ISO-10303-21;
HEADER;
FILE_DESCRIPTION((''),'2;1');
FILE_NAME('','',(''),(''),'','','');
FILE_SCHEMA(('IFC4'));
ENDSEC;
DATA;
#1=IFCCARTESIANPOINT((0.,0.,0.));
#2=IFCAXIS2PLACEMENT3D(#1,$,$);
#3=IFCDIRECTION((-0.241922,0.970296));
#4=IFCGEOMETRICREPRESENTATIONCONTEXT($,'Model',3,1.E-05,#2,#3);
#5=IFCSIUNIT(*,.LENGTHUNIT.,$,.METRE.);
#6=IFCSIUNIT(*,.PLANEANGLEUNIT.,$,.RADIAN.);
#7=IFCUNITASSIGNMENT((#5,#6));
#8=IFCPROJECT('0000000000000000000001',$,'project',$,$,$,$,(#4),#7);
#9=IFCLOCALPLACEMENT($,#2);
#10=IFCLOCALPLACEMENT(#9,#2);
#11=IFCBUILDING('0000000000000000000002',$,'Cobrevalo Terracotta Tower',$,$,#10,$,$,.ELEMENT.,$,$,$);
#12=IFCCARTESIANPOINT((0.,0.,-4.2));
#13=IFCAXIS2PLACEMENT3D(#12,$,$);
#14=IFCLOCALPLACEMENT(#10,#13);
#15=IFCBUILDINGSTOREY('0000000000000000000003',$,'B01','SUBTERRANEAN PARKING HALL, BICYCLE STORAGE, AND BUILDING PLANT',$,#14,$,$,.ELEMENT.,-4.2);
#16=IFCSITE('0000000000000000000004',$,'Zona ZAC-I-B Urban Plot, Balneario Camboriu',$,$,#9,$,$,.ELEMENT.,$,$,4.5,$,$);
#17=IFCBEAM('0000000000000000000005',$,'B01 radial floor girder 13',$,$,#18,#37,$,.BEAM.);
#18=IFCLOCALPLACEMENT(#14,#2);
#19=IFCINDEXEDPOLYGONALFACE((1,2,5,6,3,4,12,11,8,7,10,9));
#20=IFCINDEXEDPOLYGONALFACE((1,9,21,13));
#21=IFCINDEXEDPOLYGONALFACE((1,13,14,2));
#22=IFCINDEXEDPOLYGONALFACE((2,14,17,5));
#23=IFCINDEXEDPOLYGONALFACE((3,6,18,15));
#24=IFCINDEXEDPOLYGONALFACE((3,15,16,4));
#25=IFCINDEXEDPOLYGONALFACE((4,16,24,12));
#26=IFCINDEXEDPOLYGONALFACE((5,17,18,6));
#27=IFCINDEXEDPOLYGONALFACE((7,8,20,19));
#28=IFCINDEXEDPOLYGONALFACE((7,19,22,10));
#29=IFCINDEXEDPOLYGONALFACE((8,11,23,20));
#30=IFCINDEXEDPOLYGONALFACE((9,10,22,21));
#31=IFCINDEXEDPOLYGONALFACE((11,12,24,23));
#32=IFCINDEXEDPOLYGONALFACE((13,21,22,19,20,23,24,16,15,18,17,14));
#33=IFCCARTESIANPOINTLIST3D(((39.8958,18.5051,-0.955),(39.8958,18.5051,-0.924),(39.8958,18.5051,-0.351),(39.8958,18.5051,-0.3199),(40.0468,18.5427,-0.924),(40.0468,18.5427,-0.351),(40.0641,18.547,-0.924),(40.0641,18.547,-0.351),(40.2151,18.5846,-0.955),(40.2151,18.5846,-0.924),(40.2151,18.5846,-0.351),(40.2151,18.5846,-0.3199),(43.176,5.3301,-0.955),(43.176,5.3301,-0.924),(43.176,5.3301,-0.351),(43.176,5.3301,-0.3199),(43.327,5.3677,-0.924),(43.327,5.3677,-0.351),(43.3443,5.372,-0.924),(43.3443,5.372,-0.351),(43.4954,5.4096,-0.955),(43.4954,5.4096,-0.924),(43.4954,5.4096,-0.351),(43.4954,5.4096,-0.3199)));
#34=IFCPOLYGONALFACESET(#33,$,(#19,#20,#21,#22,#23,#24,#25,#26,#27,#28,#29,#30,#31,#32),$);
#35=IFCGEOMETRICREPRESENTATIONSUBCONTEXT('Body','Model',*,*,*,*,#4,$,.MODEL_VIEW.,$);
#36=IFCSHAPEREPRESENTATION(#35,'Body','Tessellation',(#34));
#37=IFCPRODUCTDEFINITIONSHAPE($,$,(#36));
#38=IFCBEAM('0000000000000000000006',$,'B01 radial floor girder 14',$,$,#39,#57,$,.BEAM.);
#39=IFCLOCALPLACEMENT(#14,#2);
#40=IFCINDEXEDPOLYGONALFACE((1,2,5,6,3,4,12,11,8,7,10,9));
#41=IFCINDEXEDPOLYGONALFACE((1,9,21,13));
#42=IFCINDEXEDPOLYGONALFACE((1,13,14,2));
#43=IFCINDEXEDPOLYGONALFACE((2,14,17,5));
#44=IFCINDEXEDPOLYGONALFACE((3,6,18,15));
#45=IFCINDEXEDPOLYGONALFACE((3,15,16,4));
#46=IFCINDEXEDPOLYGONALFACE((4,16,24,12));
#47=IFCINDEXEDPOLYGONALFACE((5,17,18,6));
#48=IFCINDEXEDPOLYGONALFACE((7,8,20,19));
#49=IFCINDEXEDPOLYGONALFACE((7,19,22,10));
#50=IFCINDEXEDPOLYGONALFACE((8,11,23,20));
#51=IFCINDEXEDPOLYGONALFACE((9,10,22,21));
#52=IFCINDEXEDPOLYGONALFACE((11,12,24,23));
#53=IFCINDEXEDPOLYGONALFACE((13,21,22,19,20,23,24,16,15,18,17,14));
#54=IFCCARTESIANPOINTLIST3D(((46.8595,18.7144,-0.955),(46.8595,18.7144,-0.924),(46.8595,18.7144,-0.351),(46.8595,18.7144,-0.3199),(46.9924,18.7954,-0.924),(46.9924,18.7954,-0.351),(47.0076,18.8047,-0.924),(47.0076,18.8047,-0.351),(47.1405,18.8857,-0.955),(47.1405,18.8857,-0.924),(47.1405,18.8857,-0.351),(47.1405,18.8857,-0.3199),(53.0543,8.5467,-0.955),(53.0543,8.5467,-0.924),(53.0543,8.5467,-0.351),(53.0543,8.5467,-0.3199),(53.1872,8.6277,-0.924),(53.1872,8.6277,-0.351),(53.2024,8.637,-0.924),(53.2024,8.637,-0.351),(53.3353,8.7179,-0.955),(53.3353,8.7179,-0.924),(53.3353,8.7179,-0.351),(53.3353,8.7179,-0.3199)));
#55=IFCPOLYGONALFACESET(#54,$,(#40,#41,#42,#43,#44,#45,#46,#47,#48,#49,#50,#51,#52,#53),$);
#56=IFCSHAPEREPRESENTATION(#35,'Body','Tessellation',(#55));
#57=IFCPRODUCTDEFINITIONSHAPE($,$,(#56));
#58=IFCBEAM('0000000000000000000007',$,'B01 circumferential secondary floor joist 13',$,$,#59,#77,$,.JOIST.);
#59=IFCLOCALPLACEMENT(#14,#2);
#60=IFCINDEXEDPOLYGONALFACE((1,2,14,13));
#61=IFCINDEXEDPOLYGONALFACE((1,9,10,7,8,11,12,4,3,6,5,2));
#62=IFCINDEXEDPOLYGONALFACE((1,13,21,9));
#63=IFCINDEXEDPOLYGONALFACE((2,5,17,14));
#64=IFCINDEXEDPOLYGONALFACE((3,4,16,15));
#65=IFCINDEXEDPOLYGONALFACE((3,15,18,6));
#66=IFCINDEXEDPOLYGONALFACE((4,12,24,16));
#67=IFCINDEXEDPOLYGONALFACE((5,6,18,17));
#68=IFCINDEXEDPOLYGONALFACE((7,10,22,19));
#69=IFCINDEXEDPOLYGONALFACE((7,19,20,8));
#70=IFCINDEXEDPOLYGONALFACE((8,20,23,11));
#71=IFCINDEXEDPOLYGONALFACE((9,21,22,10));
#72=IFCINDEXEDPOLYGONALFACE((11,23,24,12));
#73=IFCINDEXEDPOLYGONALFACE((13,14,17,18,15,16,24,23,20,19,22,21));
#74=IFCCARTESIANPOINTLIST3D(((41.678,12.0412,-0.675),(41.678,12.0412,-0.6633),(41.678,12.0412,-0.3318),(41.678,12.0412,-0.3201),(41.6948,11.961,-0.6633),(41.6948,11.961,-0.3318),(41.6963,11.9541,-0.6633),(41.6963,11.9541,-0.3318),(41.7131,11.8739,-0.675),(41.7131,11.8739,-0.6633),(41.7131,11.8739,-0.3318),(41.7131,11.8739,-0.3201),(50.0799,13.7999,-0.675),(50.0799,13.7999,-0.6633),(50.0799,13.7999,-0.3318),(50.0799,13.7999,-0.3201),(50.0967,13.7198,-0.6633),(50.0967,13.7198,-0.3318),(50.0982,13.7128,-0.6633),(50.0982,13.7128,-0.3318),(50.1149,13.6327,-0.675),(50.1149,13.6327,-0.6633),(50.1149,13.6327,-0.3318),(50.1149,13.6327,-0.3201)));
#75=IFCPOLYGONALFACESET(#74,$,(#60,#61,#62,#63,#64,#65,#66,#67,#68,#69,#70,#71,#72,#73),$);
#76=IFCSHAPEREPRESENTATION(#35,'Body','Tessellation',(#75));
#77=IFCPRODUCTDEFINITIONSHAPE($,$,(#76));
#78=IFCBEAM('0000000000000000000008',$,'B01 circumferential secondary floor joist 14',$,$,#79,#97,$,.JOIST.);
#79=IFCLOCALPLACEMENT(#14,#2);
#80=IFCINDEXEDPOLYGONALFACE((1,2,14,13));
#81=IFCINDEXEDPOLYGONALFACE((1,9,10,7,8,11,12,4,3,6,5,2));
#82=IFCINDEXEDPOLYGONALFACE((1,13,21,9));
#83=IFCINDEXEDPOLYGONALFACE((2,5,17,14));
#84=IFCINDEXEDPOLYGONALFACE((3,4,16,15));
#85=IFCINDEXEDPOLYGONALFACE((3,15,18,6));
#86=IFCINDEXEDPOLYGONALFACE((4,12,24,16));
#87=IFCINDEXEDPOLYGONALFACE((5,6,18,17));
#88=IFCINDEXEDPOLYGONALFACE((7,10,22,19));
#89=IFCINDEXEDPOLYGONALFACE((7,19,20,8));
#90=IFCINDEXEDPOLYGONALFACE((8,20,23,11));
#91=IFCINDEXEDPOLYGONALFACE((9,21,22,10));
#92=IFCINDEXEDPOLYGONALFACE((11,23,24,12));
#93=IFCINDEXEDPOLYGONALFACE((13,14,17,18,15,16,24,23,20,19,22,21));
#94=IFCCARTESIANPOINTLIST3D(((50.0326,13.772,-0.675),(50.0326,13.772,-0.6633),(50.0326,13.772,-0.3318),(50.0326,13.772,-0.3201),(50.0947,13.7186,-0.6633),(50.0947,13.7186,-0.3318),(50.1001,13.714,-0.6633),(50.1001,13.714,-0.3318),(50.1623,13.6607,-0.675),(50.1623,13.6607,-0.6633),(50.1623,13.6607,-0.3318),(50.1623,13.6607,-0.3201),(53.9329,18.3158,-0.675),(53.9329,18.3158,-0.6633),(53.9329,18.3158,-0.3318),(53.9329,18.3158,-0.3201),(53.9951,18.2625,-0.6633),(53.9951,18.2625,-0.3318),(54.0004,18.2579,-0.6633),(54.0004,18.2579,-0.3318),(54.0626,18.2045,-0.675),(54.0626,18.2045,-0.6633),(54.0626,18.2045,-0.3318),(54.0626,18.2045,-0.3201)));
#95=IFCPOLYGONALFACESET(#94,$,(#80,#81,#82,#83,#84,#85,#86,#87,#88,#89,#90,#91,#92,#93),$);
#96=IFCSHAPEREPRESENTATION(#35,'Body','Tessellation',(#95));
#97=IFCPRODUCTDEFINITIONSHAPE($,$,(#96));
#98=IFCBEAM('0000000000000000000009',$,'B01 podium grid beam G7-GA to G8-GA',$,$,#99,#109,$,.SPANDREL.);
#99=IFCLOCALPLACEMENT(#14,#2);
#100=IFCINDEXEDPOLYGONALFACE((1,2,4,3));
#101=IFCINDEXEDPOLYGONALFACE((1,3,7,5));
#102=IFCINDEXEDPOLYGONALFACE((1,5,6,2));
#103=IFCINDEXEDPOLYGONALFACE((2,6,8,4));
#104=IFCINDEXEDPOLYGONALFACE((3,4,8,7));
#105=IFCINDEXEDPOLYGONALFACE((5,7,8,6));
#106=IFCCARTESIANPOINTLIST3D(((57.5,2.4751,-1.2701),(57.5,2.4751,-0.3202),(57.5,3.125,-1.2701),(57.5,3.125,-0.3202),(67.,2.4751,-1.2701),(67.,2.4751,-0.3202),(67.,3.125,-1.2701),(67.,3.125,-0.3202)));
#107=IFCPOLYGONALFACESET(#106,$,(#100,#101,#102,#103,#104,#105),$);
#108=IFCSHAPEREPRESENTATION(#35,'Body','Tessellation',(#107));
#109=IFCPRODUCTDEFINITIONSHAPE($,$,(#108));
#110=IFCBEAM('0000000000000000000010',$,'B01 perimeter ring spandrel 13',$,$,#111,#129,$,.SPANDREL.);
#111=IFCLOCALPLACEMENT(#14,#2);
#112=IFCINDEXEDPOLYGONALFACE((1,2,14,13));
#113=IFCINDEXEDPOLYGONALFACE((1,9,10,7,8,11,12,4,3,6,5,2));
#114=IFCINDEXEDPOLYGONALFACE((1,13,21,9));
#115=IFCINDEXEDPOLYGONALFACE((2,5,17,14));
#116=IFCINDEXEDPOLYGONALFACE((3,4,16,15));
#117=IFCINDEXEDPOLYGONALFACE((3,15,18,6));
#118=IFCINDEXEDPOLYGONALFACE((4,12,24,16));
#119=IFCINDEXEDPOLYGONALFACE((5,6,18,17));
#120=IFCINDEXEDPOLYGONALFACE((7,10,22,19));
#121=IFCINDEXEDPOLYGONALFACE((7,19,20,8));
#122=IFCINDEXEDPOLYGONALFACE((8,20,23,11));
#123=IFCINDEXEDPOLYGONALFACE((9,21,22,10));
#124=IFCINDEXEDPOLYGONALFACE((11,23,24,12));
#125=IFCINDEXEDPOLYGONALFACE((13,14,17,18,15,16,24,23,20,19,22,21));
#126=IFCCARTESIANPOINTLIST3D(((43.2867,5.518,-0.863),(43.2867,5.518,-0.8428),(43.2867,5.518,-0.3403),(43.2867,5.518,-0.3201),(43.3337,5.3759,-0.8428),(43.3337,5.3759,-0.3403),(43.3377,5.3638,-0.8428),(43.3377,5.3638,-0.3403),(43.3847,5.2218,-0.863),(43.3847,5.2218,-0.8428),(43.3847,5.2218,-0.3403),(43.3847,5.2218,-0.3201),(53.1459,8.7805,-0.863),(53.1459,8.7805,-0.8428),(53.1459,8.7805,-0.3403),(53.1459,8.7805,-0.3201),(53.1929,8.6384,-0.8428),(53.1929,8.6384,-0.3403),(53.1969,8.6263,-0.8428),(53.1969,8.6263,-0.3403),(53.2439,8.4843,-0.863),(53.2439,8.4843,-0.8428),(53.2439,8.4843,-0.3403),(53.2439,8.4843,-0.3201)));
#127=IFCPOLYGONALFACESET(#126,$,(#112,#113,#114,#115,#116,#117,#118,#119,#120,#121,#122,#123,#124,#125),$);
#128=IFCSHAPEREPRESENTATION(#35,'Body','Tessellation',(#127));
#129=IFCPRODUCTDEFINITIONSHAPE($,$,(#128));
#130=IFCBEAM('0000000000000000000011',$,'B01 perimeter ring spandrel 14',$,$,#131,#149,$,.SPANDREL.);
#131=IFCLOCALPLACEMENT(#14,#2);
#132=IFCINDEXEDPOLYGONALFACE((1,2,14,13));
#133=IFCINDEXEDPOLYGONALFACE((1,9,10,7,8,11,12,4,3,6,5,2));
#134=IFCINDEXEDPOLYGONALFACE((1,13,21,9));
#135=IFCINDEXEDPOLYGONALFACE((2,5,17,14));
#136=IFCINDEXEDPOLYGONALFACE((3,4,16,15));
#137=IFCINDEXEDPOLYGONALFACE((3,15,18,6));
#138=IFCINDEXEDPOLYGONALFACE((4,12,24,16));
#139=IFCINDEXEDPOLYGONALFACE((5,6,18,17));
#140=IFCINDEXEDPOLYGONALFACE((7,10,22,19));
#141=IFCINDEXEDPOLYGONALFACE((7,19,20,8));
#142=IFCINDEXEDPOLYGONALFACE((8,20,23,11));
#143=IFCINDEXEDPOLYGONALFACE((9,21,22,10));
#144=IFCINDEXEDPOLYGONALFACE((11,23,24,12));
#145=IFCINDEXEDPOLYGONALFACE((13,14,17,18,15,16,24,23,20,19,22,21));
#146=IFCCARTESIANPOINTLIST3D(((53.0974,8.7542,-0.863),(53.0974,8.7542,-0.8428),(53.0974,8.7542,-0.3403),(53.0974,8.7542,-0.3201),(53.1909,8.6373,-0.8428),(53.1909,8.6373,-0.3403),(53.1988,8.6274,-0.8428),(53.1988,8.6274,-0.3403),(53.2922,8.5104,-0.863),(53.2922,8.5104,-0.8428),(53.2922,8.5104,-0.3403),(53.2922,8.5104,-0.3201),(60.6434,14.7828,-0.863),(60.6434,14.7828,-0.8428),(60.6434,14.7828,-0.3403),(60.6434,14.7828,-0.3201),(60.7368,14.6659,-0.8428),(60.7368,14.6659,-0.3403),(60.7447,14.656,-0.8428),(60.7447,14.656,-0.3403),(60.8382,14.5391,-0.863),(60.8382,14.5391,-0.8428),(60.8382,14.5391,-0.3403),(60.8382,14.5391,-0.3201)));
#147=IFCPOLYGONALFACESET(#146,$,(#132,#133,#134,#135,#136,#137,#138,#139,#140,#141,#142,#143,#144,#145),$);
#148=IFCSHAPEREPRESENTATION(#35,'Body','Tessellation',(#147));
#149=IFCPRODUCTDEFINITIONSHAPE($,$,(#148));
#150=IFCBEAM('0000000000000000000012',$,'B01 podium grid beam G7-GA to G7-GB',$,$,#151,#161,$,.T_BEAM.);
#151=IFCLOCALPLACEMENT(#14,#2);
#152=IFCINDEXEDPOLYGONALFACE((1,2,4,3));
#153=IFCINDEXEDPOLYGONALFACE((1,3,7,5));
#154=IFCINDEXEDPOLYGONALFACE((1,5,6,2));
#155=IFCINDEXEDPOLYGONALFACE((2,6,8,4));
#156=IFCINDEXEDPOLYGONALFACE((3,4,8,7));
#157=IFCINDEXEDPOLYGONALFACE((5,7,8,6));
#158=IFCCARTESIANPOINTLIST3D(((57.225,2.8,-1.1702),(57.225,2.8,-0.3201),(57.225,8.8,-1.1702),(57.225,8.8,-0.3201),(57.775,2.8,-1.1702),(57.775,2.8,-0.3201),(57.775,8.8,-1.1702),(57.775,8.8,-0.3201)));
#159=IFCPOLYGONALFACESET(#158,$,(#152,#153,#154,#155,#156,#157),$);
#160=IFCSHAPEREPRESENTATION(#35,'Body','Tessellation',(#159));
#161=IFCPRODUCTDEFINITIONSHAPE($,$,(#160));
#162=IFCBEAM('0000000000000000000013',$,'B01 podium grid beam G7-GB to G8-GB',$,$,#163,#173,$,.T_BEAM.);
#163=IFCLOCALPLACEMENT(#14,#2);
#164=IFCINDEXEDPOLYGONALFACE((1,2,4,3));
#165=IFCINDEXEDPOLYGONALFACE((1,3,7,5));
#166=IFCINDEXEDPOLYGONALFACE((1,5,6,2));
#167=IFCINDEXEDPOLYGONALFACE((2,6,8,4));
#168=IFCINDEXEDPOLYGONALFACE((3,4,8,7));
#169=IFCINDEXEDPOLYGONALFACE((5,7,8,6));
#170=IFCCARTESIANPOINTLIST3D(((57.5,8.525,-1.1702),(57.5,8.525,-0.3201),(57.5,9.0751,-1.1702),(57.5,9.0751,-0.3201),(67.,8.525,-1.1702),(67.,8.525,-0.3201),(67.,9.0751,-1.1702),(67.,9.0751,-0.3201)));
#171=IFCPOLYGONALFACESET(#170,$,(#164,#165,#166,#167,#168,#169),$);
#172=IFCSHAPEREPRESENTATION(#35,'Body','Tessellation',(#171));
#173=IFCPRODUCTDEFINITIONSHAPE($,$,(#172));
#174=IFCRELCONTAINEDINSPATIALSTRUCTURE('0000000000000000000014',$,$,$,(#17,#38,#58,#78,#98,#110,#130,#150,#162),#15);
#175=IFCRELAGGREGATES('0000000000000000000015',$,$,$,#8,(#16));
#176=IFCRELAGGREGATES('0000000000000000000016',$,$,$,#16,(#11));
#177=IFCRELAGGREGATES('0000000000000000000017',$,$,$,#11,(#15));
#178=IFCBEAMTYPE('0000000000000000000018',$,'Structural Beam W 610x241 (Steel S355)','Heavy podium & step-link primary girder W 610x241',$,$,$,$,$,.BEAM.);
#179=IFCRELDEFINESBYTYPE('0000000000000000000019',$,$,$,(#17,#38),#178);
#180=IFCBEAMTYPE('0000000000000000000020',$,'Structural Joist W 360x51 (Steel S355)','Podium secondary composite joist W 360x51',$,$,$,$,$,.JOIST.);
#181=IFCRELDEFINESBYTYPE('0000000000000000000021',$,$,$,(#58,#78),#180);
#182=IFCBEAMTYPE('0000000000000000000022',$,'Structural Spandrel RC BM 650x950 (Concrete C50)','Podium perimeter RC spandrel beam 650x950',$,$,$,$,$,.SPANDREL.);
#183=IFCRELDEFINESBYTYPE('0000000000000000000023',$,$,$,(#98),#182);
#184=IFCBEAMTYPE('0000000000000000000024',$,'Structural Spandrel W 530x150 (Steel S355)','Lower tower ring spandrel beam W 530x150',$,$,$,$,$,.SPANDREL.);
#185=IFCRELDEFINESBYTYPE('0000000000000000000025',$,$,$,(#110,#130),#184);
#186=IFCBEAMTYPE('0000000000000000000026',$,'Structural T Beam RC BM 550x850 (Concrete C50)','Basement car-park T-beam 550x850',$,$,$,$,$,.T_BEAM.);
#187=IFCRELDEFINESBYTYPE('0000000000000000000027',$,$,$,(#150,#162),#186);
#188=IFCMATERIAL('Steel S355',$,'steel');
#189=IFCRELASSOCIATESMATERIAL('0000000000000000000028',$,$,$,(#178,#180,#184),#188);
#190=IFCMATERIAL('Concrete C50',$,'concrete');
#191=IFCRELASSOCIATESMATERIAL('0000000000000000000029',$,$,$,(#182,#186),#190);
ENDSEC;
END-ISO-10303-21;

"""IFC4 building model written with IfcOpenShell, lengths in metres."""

from ifc_helpers import new_model, si_unit, direction, frame, origin, origin_2d, place, context, subcontext, project, spatial, rectangle, i_section, extrude, material, material_profile, profile_set, type_object, element, save


model = new_model("IFC4")

# Units and contexts
model_context = context("Model", 3, precision=1e-05, world=origin(), true_north=direction((-0.241922, 0.970296)))
body_context = subcontext(model_context, "Body", "Model", "MODEL_VIEW")
ifc_project = project(units=[si_unit("LENGTHUNIT", "METRE"), si_unit("PLANEANGLEUNIT", "RADIAN")], contexts=[model_context])

# Site, building, storey
site_placement = place(None, origin())
site = spatial("IfcSite", under=ifc_project, at=site_placement, Name="Zona ZAC-I-B Urban Plot, Balneario Camboriu", CompositionType="ELEMENT", RefElevation=4.5)
building_placement = place(site_placement, origin())
building = spatial("IfcBuilding", under=site, at=building_placement, Name="Cobrevalo Terracotta Tower", CompositionType="ELEMENT")
storey_placement = place(building_placement, frame((0.0, 0.0, -4.2)))
storey = spatial("IfcBuildingStorey", under=building, at=storey_placement, Name="B01", Description="SUBTERRANEAN PARKING HALL, BICYCLE STORAGE, AND BUILDING PLANT", CompositionType="ELEMENT", Elevation=-4.2)

# Shared definitions
ifc_material_1 = material(Name="Steel S355", Category="steel")
ifc_material_2 = material(Name="Concrete C50", Category="concrete")

# Beams
ifc_material_profile_1 = material_profile(ifc_material_1, i_section(OverallWidth=0.3291, OverallDepth=0.635, WebThickness=0.0178, FlangeThickness=0.031, at=origin_2d()), Name="W 610x241")
ifc_profile_set_1 = profile_set([ifc_material_profile_1], Name="Steel S355")
beam_type_1 = type_object("IfcBeamType", Name="Structural Beam W 610x241 (Steel S355)", Description="Heavy podium & step-link primary girder W 610x241", PredefinedType="BEAM", material=ifc_profile_set_1)
beam_1_placement = place(storey_placement, frame((43.3357, 5.3699, -0.6375), z_axis=(-0.2416, 0.970376, 0.0), x_axis=(-0.970376, -0.2416, 0.0)))
element("IfcBeam", 1, at=beam_1_placement, inside=storey, type_object=beam_type_1, Name="B01 radial floor girder 13", PredefinedType="BEAM", context=body_context, shape_type="SweptSolid", body=[
    extrude(i_section(OverallWidth=0.3291, OverallDepth=0.635, WebThickness=0.0178, FlangeThickness=0.031, at=origin_2d()), origin(), (0.0, 0.0, 1.0), 13.5771),
])
beam_2_placement = place(storey_placement, frame((53.1948, 8.6323, -0.6375), z_axis=(-0.520301, 0.853983, 0.0), x_axis=(-0.853983, -0.520301, 0.0)))
element("IfcBeam", 2, at=beam_2_placement, inside=storey, type_object=beam_type_1, Name="B01 radial floor girder 14", PredefinedType="BEAM", context=body_context, shape_type="SweptSolid", body=[
    extrude(i_section(OverallWidth=0.3291, OverallDepth=0.635, WebThickness=0.0178, FlangeThickness=0.031, at=origin_2d()), origin(), (0.0, 0.0, 1.0), 11.9062),
])
ifc_material_profile_2 = material_profile(ifc_material_1, i_section(OverallWidth=0.1709, OverallDepth=0.355, WebThickness=0.0071, FlangeThickness=0.0117, at=origin_2d()), Name="W 360x51")
ifc_profile_set_2 = profile_set([ifc_material_profile_2], Name="Steel S355")
beam_type_2 = type_object("IfcBeamType", Name="Structural Joist W 360x51 (Steel S355)", Description="Podium secondary composite joist W 360x51", PredefinedType="JOIST", material=ifc_profile_set_2)
beam_3_placement = place(storey_placement, frame((41.6956, 11.9575, -0.4976), z_axis=(0.978785, 0.204892, 0.0), x_axis=(-0.204892, 0.978785, 0.0)))
element("IfcBeam", 3, at=beam_3_placement, inside=storey, type_object=beam_type_2, Name="B01 circumferential secondary floor joist 13", PredefinedType="JOIST", context=body_context, shape_type="SweptSolid", body=[
    extrude(i_section(OverallWidth=0.1709, OverallDepth=0.355, WebThickness=0.0071, FlangeThickness=0.0117, at=origin_2d()), origin(), (0.0, 0.0, 1.0), 8.584),
])
beam_4_placement = place(storey_placement, frame((50.0974, 13.7163, -0.4976), z_axis=(0.651328, 0.758796, 0.0), x_axis=(-0.758796, 0.651328, 0.0)))
element("IfcBeam", 4, at=beam_4_placement, inside=storey, type_object=beam_type_2, Name="B01 circumferential secondary floor joist 14", PredefinedType="JOIST", context=body_context, shape_type="SweptSolid", body=[
    extrude(i_section(OverallWidth=0.1709, OverallDepth=0.355, WebThickness=0.0071, FlangeThickness=0.0117, at=origin_2d()), origin(), (0.0, 0.0, 1.0), 5.9883),
])
ifc_material_profile_3 = material_profile(ifc_material_2, rectangle(XDim=0.6499, YDim=0.95, at=origin_2d()), Name="RC BM 650x950")
ifc_profile_set_3 = profile_set([ifc_material_profile_3], Name="Concrete C50")
beam_type_3 = type_object("IfcBeamType", Name="Structural Spandrel RC BM 650x950 (Concrete C50)", Description="Podium perimeter RC spandrel beam 650x950", PredefinedType="SPANDREL", material=ifc_profile_set_3)
beam_5_placement = place(storey_placement, frame((57.5, 2.8, -0.7952), z_axis=(1.0, 0.0, 0.0), x_axis=(0.0, 1.0, 0.0)))
element("IfcBeam", 5, at=beam_5_placement, inside=storey, type_object=beam_type_3, Name="B01 podium grid beam G7-GA to G8-GA", PredefinedType="SPANDREL", context=body_context, shape_type="SweptSolid", body=[
    extrude(rectangle(XDim=0.6499, YDim=0.95, at=origin_2d()), origin(), (0.0, 0.0, 1.0), 9.5),
])
ifc_material_profile_4 = material_profile(ifc_material_1, i_section(OverallWidth=0.312, OverallDepth=0.543, WebThickness=0.0127, FlangeThickness=0.0203, at=origin_2d()), Name="W 530x150")
ifc_profile_set_4 = profile_set([ifc_material_profile_4], Name="Steel S355")
beam_type_4 = type_object("IfcBeamType", Name="Structural Spandrel W 530x150 (Steel S355)", Description="Lower tower ring spandrel beam W 530x150", PredefinedType="SPANDREL", material=ifc_profile_set_4)
beam_6_placement = place(storey_placement, frame((43.3357, 5.3699, -0.5916), z_axis=(0.949372, 0.314153, 0.0), x_axis=(-0.314153, 0.949372, 0.0)))
element("IfcBeam", 6, at=beam_6_placement, inside=storey, type_object=beam_type_4, Name="B01 perimeter ring spandrel 13", PredefinedType="SPANDREL", context=body_context, shape_type="SweptSolid", body=[
    extrude(i_section(OverallWidth=0.312, OverallDepth=0.543, WebThickness=0.0127, FlangeThickness=0.0203, at=origin_2d()), origin(), (0.0, 0.0, 1.0), 10.385),
])
beam_7_placement = place(storey_placement, frame((53.1948, 8.6323, -0.5916), z_axis=(0.78128, 0.62418, 0.0), x_axis=(-0.62418, 0.78128, 0.0)))
element("IfcBeam", 7, at=beam_7_placement, inside=storey, type_object=beam_type_4, Name="B01 perimeter ring spandrel 14", PredefinedType="SPANDREL", context=body_context, shape_type="SweptSolid", body=[
    extrude(i_section(OverallWidth=0.312, OverallDepth=0.543, WebThickness=0.0127, FlangeThickness=0.0203, at=origin_2d()), origin(), (0.0, 0.0, 1.0), 9.6584),
])
ifc_material_profile_5 = material_profile(ifc_material_2, rectangle(XDim=0.55, YDim=0.8501, at=origin_2d()), Name="RC BM 550x850")
ifc_profile_set_5 = profile_set([ifc_material_profile_5], Name="Concrete C50")
beam_type_5 = type_object("IfcBeamType", Name="Structural T Beam RC BM 550x850 (Concrete C50)", Description="Basement car-park T-beam 550x850", PredefinedType="T_BEAM", material=ifc_profile_set_5)
beam_8_placement = place(storey_placement, frame((57.5, 2.8, -0.7451), z_axis=(0.0, 1.0, 0.0), x_axis=(-1.0, 0.0, 0.0)))
element("IfcBeam", 8, at=beam_8_placement, inside=storey, type_object=beam_type_5, Name="B01 podium grid beam G7-GA to G7-GB", PredefinedType="T_BEAM", context=body_context, shape_type="SweptSolid", body=[
    extrude(rectangle(XDim=0.55, YDim=0.8501, at=origin_2d()), origin(), (0.0, 0.0, 1.0), 6.0),
])
beam_9_placement = place(storey_placement, frame((57.5, 8.8, -0.7451), z_axis=(1.0, 0.0, 0.0), x_axis=(0.0, 1.0, 0.0)))
element("IfcBeam", 9, at=beam_9_placement, inside=storey, type_object=beam_type_5, Name="B01 podium grid beam G7-GB to G8-GB", PredefinedType="T_BEAM", context=body_context, shape_type="SweptSolid", body=[
    extrude(rectangle(XDim=0.55, YDim=0.8501, at=origin_2d()), origin(), (0.0, 0.0, 1.0), 9.5),
])

save(model, "model.ifc")
